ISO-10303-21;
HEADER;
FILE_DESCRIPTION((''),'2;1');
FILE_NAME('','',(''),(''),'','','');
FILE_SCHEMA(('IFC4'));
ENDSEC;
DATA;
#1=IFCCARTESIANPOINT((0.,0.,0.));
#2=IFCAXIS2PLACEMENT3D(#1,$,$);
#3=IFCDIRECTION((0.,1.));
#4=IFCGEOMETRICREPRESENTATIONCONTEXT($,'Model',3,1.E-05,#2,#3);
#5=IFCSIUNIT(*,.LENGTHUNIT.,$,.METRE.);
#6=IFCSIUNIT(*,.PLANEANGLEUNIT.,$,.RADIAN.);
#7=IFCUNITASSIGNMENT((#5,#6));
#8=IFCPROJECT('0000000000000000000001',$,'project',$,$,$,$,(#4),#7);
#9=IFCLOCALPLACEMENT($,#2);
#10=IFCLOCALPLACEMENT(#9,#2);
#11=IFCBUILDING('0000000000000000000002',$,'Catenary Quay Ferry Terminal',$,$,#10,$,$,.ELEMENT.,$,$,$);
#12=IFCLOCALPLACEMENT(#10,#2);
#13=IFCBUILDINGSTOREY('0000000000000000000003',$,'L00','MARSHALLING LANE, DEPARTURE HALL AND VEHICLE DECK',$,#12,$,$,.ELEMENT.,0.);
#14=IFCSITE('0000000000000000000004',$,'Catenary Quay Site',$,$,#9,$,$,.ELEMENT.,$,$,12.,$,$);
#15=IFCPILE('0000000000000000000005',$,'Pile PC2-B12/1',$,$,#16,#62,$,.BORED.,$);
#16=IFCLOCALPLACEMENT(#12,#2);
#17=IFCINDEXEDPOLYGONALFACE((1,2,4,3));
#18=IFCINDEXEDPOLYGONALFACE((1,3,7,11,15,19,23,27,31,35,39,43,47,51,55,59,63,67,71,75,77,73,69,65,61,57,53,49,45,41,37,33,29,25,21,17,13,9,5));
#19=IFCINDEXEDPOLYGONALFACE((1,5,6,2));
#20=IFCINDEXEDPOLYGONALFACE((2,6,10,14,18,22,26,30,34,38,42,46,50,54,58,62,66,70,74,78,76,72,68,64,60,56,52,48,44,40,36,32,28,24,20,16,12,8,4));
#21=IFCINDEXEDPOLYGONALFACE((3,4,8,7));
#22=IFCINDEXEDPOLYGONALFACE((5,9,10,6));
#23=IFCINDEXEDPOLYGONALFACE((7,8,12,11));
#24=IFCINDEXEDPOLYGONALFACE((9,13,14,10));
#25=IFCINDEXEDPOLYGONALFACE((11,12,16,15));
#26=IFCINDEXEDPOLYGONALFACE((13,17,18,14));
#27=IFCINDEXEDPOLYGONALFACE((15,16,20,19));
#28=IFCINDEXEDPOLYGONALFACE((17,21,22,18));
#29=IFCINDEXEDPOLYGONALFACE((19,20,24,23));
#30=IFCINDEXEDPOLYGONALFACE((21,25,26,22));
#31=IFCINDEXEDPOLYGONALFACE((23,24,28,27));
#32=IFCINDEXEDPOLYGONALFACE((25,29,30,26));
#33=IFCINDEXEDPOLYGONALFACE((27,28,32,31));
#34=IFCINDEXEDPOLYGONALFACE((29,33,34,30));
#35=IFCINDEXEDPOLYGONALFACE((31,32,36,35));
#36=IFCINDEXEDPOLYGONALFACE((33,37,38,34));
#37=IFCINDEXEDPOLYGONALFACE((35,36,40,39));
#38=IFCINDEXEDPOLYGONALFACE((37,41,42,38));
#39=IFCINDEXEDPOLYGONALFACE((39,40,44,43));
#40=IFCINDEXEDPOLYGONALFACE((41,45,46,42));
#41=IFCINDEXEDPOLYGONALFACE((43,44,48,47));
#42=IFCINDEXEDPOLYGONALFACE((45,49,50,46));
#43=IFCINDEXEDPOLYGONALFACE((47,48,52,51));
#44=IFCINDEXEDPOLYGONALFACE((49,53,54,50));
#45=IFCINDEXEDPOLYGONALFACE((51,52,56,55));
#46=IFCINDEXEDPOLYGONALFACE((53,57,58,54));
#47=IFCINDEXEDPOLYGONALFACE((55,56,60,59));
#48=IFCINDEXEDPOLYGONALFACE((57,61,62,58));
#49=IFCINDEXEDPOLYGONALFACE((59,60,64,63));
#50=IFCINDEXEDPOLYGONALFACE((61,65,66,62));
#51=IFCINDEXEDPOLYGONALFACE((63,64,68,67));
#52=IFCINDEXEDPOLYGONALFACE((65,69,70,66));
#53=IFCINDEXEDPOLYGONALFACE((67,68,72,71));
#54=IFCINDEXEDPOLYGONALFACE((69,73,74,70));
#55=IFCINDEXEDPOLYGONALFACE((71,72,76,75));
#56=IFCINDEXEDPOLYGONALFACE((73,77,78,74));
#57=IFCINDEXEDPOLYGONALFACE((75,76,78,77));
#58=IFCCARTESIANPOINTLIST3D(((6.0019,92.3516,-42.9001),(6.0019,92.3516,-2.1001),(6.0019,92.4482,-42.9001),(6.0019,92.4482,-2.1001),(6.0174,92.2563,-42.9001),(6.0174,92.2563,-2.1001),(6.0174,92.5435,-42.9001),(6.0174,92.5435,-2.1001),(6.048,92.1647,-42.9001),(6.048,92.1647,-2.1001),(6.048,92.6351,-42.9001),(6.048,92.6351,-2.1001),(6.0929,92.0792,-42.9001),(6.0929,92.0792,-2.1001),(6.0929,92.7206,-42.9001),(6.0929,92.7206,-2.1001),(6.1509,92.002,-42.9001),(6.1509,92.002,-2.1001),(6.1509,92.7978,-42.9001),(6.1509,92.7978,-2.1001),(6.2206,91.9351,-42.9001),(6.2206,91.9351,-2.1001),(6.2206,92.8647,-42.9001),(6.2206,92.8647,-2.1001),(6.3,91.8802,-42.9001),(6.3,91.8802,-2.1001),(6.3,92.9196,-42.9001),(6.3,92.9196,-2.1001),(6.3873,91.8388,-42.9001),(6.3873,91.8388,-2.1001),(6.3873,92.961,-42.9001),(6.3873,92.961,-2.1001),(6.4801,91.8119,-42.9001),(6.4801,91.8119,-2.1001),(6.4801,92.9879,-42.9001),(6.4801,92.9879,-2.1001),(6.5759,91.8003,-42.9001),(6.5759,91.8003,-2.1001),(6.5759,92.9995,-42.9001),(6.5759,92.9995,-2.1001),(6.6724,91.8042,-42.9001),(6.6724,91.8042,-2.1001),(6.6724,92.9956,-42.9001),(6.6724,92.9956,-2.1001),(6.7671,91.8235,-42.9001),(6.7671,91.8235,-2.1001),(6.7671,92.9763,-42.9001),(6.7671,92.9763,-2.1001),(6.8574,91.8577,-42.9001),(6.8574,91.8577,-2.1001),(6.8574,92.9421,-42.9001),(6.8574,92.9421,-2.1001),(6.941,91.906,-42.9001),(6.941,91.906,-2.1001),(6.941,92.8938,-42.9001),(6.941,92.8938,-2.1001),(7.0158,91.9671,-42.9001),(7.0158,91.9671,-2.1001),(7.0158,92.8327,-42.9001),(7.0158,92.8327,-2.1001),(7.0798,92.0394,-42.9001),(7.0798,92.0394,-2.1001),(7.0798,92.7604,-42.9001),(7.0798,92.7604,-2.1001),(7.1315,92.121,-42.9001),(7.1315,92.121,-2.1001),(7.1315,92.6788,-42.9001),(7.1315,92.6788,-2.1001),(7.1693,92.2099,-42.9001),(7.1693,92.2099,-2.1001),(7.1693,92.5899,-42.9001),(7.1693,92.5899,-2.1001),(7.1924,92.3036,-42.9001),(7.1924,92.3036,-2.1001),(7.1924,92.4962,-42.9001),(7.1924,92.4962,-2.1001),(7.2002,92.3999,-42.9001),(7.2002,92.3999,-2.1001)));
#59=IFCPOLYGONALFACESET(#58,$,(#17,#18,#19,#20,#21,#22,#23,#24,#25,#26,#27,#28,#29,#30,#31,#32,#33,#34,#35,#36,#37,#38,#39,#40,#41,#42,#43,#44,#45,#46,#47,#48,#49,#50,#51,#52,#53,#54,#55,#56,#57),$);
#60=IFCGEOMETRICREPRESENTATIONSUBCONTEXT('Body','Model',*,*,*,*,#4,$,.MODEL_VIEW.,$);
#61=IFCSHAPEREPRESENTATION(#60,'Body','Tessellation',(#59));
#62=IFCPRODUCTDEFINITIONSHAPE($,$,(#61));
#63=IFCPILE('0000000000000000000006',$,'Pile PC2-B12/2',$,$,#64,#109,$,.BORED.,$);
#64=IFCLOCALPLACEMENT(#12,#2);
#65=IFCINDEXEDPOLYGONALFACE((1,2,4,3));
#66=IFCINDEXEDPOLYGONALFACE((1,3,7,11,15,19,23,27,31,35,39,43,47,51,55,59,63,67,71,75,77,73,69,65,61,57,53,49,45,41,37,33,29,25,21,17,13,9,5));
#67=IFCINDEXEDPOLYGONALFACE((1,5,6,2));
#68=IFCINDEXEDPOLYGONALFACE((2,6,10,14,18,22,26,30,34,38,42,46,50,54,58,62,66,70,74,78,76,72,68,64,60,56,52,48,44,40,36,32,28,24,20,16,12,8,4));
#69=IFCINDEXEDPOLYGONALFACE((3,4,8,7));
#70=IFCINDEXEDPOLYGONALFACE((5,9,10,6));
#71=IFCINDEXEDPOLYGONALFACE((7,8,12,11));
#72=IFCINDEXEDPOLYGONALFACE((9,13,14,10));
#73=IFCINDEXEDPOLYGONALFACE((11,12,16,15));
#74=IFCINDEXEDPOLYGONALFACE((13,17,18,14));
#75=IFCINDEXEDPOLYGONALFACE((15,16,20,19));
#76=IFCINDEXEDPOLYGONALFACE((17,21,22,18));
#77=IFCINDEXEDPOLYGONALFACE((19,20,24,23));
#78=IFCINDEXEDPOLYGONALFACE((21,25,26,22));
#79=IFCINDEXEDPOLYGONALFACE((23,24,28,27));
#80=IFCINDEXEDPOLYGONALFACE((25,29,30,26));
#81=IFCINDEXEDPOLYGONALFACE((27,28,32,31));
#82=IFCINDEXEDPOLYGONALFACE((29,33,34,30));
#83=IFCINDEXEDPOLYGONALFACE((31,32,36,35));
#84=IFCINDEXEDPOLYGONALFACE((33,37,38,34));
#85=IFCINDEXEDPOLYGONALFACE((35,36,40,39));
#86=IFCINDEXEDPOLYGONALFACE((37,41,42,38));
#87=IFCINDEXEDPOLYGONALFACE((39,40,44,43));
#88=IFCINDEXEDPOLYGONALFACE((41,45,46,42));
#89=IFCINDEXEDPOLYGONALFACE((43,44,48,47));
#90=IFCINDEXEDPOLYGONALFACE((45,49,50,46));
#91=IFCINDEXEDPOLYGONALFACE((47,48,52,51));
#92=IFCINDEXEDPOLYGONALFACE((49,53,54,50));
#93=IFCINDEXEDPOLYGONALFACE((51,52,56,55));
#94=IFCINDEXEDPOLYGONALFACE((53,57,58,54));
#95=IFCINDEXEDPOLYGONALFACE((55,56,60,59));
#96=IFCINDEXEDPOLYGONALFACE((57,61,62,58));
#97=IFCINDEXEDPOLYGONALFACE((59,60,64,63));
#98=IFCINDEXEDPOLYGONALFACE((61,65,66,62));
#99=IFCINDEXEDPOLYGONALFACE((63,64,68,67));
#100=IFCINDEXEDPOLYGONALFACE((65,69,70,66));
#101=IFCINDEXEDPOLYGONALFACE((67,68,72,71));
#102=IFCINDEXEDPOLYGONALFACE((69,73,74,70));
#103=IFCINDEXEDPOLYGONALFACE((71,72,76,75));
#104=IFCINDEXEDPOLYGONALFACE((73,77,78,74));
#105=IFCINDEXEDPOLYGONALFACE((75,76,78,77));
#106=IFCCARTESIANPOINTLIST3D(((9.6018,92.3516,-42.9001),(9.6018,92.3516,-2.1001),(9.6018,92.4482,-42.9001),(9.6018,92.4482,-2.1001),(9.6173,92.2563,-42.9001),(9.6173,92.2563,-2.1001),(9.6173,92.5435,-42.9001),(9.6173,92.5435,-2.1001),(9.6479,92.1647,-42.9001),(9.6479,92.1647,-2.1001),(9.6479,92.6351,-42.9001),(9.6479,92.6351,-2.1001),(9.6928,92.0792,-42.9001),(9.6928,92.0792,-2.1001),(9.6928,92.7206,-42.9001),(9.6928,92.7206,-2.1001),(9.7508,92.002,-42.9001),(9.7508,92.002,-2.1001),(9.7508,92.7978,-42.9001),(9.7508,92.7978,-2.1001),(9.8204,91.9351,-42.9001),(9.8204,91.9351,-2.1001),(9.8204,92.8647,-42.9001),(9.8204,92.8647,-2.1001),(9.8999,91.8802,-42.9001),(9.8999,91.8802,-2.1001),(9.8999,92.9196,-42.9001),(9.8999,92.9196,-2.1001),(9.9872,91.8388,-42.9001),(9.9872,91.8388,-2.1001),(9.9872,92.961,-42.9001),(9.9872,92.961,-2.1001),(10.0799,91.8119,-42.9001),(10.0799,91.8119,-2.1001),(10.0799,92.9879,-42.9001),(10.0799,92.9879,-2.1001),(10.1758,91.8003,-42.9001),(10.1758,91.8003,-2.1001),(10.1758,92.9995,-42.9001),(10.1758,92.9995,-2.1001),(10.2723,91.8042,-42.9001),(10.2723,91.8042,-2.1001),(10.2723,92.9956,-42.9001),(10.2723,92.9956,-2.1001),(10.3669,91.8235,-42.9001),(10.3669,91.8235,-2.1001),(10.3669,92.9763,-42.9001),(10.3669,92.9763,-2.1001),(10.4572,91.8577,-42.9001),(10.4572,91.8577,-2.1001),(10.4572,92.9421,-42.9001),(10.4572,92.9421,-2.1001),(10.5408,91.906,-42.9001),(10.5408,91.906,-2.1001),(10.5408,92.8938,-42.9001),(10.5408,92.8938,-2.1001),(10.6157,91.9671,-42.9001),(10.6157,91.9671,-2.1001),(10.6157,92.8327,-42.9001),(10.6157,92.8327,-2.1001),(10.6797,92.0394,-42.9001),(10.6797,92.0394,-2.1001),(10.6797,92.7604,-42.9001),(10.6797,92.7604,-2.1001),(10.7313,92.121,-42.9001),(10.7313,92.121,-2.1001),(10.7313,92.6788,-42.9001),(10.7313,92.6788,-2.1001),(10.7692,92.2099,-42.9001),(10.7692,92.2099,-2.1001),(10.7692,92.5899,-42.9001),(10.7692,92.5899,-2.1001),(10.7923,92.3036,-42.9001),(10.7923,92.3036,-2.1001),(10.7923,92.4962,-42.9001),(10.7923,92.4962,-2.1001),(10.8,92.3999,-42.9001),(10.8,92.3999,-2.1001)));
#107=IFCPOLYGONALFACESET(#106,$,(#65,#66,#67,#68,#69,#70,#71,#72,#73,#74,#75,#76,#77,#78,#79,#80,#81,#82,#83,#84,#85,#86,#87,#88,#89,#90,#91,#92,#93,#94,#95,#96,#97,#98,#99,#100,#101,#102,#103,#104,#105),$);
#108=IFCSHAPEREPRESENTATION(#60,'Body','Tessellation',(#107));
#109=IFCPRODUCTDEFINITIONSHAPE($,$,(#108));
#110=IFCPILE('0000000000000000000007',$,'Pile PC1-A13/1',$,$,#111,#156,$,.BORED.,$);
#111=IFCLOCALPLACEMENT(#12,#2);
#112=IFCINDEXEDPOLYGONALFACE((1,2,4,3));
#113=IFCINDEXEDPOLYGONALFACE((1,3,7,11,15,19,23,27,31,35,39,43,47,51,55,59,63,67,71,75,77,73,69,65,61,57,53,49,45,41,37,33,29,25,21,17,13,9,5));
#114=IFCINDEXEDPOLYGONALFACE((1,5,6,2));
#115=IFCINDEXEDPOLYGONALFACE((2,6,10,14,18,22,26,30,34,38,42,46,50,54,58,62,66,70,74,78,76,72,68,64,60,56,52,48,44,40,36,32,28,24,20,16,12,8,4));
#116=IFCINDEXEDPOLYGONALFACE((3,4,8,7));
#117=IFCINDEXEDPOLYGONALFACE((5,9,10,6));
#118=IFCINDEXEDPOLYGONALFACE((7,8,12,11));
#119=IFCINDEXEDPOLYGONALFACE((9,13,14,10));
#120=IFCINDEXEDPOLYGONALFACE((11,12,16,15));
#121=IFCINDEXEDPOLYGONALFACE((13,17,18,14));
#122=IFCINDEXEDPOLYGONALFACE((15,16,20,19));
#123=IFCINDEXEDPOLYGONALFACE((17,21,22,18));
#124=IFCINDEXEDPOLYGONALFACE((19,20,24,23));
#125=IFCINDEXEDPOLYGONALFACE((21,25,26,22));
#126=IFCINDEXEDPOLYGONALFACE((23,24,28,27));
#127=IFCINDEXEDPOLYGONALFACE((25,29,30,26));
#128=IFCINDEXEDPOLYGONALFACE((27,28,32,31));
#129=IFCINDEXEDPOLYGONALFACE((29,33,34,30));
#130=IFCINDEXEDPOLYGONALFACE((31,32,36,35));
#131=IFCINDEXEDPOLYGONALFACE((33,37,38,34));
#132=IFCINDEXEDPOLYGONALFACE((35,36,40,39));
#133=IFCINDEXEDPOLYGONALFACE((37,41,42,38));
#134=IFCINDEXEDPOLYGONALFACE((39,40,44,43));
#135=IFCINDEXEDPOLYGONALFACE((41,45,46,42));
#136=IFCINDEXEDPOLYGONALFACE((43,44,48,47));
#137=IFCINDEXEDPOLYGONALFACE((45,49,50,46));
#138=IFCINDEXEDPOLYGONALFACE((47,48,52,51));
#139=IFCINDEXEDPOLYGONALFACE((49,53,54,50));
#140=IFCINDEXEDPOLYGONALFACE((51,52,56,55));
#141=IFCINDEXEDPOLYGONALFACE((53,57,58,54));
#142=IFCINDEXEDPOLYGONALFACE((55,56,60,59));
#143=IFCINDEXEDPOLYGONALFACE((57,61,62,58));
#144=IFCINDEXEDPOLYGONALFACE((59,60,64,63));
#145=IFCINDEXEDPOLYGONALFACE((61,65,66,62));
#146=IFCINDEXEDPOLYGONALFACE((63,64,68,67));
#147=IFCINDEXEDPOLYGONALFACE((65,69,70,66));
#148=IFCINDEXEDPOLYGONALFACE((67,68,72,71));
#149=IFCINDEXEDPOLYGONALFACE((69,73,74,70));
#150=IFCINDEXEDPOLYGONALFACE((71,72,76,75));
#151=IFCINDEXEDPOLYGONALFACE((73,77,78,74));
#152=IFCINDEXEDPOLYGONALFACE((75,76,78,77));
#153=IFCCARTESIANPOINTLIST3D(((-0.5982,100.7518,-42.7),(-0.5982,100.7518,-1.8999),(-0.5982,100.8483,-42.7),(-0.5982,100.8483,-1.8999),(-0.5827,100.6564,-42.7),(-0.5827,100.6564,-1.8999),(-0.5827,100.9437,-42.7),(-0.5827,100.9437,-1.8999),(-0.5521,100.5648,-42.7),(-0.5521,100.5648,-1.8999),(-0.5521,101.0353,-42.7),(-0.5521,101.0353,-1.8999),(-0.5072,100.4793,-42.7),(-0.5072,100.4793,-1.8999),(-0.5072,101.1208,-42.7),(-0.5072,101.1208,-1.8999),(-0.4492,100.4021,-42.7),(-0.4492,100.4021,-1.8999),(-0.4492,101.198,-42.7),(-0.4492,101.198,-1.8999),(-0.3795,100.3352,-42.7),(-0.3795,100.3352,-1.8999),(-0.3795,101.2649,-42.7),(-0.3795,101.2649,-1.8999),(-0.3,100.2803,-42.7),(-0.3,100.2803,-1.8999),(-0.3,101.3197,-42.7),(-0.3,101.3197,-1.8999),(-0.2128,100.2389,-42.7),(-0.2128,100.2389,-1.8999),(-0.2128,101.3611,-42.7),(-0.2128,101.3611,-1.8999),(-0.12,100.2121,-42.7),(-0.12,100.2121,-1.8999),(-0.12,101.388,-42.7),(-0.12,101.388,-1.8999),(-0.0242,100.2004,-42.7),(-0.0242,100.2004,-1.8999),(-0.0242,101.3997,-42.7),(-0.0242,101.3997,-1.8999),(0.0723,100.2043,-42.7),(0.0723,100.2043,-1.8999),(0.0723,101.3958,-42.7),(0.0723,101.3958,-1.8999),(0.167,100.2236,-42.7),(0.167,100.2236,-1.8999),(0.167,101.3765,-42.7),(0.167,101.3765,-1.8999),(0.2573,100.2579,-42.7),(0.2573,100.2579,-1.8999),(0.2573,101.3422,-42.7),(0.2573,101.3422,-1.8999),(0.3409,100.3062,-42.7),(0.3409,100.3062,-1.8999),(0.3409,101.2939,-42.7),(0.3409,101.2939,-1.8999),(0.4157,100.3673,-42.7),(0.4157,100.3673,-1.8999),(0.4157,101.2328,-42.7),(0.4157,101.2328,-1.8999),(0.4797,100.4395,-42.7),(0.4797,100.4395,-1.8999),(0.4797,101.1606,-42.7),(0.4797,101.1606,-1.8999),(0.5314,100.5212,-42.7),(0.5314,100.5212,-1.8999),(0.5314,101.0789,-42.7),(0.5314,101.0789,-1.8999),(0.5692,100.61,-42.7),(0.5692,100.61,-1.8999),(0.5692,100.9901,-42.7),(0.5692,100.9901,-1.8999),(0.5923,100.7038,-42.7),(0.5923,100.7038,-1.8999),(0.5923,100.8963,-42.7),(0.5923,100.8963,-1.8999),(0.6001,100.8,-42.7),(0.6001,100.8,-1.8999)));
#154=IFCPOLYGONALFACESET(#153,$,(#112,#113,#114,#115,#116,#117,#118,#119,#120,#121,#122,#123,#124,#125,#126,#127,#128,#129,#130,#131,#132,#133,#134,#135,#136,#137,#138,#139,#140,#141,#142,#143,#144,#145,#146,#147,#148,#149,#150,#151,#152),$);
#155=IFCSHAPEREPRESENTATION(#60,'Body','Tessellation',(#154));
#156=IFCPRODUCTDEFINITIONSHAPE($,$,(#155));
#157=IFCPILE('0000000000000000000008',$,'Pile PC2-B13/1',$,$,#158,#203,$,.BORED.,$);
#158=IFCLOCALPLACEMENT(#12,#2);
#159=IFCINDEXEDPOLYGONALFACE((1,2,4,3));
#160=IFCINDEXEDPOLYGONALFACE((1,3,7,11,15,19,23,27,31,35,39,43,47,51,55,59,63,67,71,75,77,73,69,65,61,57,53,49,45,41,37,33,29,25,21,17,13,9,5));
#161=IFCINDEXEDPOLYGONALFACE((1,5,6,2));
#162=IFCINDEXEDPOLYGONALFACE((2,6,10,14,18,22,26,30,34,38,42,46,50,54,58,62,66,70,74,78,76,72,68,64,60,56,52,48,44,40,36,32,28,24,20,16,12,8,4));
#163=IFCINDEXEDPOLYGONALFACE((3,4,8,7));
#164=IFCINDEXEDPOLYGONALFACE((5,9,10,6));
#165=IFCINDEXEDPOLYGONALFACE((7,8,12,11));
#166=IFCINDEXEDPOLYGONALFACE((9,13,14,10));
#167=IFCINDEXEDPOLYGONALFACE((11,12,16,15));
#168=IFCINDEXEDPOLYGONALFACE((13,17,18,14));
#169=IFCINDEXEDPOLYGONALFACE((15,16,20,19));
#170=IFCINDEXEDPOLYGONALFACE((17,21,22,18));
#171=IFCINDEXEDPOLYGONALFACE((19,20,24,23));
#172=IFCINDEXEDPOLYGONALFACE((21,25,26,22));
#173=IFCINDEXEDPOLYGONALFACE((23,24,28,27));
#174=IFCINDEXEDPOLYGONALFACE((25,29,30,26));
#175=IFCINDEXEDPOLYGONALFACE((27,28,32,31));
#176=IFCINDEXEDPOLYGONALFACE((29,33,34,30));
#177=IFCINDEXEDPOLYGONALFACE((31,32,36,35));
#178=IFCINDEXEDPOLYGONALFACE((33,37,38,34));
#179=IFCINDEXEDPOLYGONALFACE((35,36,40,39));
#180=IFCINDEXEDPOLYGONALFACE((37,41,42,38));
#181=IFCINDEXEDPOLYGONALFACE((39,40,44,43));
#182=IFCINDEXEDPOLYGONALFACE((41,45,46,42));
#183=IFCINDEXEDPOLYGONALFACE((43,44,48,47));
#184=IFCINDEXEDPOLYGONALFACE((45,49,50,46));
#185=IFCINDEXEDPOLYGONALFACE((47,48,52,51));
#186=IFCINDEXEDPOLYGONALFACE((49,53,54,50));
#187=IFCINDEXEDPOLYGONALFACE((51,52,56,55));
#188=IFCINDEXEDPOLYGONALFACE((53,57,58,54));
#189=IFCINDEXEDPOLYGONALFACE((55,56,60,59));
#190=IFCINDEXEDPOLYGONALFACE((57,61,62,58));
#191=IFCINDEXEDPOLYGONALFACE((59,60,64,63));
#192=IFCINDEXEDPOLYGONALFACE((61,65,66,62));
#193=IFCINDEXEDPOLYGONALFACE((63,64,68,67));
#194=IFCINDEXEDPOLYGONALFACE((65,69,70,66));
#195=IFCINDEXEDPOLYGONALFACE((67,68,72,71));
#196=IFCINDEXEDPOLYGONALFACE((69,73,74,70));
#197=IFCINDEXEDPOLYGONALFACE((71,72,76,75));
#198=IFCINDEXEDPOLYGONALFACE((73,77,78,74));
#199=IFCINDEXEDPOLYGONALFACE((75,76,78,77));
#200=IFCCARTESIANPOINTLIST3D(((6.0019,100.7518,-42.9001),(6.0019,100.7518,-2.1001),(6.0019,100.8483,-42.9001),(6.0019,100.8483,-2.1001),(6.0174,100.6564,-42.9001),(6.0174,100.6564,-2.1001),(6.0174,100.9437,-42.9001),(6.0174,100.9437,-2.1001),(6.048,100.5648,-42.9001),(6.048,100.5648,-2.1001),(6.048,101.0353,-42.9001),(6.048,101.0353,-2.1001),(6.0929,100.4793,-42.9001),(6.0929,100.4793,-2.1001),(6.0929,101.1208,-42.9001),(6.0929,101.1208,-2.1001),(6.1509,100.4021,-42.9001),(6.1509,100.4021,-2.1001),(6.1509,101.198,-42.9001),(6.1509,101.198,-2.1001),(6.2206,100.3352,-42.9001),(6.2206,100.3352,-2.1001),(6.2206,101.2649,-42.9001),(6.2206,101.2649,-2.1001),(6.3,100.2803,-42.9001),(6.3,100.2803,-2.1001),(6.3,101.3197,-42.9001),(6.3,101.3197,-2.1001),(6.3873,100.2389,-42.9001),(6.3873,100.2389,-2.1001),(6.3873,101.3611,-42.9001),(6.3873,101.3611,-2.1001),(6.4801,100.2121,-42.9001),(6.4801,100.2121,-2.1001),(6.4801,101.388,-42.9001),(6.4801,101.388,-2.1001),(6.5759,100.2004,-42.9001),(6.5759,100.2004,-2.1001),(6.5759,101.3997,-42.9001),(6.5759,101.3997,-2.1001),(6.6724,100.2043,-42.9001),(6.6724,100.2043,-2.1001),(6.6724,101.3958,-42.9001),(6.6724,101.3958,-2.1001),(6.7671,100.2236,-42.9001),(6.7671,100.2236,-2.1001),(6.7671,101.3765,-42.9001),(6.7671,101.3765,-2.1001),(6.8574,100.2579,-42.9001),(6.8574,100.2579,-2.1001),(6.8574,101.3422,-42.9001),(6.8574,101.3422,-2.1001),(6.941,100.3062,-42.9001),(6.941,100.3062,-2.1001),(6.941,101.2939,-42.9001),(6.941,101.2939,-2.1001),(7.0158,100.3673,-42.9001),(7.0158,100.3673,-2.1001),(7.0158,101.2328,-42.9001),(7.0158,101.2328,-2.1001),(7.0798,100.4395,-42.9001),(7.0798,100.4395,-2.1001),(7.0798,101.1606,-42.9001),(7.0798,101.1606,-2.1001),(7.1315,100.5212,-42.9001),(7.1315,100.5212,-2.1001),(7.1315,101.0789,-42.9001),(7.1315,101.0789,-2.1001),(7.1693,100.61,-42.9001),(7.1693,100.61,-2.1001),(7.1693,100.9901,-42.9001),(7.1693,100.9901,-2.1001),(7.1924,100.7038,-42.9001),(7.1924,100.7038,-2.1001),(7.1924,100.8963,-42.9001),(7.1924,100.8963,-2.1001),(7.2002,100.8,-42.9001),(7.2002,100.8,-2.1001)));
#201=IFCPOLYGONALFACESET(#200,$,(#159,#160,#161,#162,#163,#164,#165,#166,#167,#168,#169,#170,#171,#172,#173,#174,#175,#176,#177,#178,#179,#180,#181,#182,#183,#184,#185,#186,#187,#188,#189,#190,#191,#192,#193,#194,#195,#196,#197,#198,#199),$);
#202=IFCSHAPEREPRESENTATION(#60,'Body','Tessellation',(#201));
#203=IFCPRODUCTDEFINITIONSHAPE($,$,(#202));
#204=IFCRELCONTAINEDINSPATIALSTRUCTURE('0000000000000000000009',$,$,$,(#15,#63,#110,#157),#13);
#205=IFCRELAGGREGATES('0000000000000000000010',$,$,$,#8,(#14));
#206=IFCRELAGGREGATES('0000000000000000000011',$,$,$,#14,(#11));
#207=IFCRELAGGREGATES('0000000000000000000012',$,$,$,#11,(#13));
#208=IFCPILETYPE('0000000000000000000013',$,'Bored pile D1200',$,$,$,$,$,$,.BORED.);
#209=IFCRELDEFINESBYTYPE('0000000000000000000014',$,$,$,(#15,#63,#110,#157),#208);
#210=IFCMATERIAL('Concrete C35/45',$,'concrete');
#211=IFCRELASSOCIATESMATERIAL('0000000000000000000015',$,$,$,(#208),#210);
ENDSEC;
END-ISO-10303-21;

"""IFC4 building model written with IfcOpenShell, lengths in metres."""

from ifc_helpers import new_model, si_unit, direction, frame, origin, origin_2d, place, context, subcontext, project, spatial, circle, extrude, material, material_profile, profile_set, type_object, element, save


model = new_model("IFC4")

# Units and contexts
model_context = context("Model", 3, precision=1e-05, world=origin(), true_north=direction((0.0, 1.0)))
body_context = subcontext(model_context, "Body", "Model", "MODEL_VIEW")
ifc_project = project(units=[si_unit("LENGTHUNIT", "METRE"), si_unit("PLANEANGLEUNIT", "RADIAN")], contexts=[model_context])

# Site, building, storey
site_placement = place(None, origin())
site = spatial("IfcSite", under=ifc_project, at=site_placement, Name="Catenary Quay Site", CompositionType="ELEMENT", RefElevation=12.0)
building_placement = place(site_placement, origin())
building = spatial("IfcBuilding", under=site, at=building_placement, Name="Catenary Quay Ferry Terminal", CompositionType="ELEMENT")
storey_placement = place(building_placement, origin())
storey = spatial("IfcBuildingStorey", under=building, at=storey_placement, Name="L00", Description="MARSHALLING LANE, DEPARTURE HALL AND VEHICLE DECK", CompositionType="ELEMENT", Elevation=0.0)

# Piles
ifc_material_1 = material(Name="Concrete C35/45", Category="concrete")
ifc_material_profile_1 = material_profile(ifc_material_1, circle(Radius=0.6001, at=origin_2d()), Name="D1200")
ifc_profile_set_1 = profile_set([ifc_material_profile_1], Name="Concrete C35/45")
pile_type = type_object("IfcPileType", Name="Bored pile D1200", PredefinedType="BORED", material=ifc_profile_set_1)
for number, where, z_axis, x_axis, name in (
    (1, (6.6001, 92.3999, -2.1001), (0.0, 0.0, -1.0), (1.0, 0.0, 0.0), "Pile PC2-B12/1"),
    (2, (10.2, 92.3999, -2.1001), (0.0, 0.0, -1.0), (1.0, 0.0, 0.0), "Pile PC2-B12/2"),
    (3, (0.0, 100.8, -1.8999), (0.0, 0.0, -1.0), (1.0, 0.0, 0.0), "Pile PC1-A13/1"),
    (4, (6.6001, 100.8, -2.1001), (0.0, 0.0, -1.0), (1.0, 0.0, 0.0), "Pile PC2-B13/1"),
):
    element("IfcPile", number, at=place(storey_placement, frame(where, z_axis=z_axis, x_axis=x_axis)), inside=storey, type_object=pile_type, Name=name, PredefinedType="BORED", context=body_context, shape_type="SweptSolid", body=[
        extrude(circle(Radius=0.6001, at=origin_2d()), origin(), (0.0, 0.0, 1.0), 40.8),
    ])

save(model, "model.ifc")
